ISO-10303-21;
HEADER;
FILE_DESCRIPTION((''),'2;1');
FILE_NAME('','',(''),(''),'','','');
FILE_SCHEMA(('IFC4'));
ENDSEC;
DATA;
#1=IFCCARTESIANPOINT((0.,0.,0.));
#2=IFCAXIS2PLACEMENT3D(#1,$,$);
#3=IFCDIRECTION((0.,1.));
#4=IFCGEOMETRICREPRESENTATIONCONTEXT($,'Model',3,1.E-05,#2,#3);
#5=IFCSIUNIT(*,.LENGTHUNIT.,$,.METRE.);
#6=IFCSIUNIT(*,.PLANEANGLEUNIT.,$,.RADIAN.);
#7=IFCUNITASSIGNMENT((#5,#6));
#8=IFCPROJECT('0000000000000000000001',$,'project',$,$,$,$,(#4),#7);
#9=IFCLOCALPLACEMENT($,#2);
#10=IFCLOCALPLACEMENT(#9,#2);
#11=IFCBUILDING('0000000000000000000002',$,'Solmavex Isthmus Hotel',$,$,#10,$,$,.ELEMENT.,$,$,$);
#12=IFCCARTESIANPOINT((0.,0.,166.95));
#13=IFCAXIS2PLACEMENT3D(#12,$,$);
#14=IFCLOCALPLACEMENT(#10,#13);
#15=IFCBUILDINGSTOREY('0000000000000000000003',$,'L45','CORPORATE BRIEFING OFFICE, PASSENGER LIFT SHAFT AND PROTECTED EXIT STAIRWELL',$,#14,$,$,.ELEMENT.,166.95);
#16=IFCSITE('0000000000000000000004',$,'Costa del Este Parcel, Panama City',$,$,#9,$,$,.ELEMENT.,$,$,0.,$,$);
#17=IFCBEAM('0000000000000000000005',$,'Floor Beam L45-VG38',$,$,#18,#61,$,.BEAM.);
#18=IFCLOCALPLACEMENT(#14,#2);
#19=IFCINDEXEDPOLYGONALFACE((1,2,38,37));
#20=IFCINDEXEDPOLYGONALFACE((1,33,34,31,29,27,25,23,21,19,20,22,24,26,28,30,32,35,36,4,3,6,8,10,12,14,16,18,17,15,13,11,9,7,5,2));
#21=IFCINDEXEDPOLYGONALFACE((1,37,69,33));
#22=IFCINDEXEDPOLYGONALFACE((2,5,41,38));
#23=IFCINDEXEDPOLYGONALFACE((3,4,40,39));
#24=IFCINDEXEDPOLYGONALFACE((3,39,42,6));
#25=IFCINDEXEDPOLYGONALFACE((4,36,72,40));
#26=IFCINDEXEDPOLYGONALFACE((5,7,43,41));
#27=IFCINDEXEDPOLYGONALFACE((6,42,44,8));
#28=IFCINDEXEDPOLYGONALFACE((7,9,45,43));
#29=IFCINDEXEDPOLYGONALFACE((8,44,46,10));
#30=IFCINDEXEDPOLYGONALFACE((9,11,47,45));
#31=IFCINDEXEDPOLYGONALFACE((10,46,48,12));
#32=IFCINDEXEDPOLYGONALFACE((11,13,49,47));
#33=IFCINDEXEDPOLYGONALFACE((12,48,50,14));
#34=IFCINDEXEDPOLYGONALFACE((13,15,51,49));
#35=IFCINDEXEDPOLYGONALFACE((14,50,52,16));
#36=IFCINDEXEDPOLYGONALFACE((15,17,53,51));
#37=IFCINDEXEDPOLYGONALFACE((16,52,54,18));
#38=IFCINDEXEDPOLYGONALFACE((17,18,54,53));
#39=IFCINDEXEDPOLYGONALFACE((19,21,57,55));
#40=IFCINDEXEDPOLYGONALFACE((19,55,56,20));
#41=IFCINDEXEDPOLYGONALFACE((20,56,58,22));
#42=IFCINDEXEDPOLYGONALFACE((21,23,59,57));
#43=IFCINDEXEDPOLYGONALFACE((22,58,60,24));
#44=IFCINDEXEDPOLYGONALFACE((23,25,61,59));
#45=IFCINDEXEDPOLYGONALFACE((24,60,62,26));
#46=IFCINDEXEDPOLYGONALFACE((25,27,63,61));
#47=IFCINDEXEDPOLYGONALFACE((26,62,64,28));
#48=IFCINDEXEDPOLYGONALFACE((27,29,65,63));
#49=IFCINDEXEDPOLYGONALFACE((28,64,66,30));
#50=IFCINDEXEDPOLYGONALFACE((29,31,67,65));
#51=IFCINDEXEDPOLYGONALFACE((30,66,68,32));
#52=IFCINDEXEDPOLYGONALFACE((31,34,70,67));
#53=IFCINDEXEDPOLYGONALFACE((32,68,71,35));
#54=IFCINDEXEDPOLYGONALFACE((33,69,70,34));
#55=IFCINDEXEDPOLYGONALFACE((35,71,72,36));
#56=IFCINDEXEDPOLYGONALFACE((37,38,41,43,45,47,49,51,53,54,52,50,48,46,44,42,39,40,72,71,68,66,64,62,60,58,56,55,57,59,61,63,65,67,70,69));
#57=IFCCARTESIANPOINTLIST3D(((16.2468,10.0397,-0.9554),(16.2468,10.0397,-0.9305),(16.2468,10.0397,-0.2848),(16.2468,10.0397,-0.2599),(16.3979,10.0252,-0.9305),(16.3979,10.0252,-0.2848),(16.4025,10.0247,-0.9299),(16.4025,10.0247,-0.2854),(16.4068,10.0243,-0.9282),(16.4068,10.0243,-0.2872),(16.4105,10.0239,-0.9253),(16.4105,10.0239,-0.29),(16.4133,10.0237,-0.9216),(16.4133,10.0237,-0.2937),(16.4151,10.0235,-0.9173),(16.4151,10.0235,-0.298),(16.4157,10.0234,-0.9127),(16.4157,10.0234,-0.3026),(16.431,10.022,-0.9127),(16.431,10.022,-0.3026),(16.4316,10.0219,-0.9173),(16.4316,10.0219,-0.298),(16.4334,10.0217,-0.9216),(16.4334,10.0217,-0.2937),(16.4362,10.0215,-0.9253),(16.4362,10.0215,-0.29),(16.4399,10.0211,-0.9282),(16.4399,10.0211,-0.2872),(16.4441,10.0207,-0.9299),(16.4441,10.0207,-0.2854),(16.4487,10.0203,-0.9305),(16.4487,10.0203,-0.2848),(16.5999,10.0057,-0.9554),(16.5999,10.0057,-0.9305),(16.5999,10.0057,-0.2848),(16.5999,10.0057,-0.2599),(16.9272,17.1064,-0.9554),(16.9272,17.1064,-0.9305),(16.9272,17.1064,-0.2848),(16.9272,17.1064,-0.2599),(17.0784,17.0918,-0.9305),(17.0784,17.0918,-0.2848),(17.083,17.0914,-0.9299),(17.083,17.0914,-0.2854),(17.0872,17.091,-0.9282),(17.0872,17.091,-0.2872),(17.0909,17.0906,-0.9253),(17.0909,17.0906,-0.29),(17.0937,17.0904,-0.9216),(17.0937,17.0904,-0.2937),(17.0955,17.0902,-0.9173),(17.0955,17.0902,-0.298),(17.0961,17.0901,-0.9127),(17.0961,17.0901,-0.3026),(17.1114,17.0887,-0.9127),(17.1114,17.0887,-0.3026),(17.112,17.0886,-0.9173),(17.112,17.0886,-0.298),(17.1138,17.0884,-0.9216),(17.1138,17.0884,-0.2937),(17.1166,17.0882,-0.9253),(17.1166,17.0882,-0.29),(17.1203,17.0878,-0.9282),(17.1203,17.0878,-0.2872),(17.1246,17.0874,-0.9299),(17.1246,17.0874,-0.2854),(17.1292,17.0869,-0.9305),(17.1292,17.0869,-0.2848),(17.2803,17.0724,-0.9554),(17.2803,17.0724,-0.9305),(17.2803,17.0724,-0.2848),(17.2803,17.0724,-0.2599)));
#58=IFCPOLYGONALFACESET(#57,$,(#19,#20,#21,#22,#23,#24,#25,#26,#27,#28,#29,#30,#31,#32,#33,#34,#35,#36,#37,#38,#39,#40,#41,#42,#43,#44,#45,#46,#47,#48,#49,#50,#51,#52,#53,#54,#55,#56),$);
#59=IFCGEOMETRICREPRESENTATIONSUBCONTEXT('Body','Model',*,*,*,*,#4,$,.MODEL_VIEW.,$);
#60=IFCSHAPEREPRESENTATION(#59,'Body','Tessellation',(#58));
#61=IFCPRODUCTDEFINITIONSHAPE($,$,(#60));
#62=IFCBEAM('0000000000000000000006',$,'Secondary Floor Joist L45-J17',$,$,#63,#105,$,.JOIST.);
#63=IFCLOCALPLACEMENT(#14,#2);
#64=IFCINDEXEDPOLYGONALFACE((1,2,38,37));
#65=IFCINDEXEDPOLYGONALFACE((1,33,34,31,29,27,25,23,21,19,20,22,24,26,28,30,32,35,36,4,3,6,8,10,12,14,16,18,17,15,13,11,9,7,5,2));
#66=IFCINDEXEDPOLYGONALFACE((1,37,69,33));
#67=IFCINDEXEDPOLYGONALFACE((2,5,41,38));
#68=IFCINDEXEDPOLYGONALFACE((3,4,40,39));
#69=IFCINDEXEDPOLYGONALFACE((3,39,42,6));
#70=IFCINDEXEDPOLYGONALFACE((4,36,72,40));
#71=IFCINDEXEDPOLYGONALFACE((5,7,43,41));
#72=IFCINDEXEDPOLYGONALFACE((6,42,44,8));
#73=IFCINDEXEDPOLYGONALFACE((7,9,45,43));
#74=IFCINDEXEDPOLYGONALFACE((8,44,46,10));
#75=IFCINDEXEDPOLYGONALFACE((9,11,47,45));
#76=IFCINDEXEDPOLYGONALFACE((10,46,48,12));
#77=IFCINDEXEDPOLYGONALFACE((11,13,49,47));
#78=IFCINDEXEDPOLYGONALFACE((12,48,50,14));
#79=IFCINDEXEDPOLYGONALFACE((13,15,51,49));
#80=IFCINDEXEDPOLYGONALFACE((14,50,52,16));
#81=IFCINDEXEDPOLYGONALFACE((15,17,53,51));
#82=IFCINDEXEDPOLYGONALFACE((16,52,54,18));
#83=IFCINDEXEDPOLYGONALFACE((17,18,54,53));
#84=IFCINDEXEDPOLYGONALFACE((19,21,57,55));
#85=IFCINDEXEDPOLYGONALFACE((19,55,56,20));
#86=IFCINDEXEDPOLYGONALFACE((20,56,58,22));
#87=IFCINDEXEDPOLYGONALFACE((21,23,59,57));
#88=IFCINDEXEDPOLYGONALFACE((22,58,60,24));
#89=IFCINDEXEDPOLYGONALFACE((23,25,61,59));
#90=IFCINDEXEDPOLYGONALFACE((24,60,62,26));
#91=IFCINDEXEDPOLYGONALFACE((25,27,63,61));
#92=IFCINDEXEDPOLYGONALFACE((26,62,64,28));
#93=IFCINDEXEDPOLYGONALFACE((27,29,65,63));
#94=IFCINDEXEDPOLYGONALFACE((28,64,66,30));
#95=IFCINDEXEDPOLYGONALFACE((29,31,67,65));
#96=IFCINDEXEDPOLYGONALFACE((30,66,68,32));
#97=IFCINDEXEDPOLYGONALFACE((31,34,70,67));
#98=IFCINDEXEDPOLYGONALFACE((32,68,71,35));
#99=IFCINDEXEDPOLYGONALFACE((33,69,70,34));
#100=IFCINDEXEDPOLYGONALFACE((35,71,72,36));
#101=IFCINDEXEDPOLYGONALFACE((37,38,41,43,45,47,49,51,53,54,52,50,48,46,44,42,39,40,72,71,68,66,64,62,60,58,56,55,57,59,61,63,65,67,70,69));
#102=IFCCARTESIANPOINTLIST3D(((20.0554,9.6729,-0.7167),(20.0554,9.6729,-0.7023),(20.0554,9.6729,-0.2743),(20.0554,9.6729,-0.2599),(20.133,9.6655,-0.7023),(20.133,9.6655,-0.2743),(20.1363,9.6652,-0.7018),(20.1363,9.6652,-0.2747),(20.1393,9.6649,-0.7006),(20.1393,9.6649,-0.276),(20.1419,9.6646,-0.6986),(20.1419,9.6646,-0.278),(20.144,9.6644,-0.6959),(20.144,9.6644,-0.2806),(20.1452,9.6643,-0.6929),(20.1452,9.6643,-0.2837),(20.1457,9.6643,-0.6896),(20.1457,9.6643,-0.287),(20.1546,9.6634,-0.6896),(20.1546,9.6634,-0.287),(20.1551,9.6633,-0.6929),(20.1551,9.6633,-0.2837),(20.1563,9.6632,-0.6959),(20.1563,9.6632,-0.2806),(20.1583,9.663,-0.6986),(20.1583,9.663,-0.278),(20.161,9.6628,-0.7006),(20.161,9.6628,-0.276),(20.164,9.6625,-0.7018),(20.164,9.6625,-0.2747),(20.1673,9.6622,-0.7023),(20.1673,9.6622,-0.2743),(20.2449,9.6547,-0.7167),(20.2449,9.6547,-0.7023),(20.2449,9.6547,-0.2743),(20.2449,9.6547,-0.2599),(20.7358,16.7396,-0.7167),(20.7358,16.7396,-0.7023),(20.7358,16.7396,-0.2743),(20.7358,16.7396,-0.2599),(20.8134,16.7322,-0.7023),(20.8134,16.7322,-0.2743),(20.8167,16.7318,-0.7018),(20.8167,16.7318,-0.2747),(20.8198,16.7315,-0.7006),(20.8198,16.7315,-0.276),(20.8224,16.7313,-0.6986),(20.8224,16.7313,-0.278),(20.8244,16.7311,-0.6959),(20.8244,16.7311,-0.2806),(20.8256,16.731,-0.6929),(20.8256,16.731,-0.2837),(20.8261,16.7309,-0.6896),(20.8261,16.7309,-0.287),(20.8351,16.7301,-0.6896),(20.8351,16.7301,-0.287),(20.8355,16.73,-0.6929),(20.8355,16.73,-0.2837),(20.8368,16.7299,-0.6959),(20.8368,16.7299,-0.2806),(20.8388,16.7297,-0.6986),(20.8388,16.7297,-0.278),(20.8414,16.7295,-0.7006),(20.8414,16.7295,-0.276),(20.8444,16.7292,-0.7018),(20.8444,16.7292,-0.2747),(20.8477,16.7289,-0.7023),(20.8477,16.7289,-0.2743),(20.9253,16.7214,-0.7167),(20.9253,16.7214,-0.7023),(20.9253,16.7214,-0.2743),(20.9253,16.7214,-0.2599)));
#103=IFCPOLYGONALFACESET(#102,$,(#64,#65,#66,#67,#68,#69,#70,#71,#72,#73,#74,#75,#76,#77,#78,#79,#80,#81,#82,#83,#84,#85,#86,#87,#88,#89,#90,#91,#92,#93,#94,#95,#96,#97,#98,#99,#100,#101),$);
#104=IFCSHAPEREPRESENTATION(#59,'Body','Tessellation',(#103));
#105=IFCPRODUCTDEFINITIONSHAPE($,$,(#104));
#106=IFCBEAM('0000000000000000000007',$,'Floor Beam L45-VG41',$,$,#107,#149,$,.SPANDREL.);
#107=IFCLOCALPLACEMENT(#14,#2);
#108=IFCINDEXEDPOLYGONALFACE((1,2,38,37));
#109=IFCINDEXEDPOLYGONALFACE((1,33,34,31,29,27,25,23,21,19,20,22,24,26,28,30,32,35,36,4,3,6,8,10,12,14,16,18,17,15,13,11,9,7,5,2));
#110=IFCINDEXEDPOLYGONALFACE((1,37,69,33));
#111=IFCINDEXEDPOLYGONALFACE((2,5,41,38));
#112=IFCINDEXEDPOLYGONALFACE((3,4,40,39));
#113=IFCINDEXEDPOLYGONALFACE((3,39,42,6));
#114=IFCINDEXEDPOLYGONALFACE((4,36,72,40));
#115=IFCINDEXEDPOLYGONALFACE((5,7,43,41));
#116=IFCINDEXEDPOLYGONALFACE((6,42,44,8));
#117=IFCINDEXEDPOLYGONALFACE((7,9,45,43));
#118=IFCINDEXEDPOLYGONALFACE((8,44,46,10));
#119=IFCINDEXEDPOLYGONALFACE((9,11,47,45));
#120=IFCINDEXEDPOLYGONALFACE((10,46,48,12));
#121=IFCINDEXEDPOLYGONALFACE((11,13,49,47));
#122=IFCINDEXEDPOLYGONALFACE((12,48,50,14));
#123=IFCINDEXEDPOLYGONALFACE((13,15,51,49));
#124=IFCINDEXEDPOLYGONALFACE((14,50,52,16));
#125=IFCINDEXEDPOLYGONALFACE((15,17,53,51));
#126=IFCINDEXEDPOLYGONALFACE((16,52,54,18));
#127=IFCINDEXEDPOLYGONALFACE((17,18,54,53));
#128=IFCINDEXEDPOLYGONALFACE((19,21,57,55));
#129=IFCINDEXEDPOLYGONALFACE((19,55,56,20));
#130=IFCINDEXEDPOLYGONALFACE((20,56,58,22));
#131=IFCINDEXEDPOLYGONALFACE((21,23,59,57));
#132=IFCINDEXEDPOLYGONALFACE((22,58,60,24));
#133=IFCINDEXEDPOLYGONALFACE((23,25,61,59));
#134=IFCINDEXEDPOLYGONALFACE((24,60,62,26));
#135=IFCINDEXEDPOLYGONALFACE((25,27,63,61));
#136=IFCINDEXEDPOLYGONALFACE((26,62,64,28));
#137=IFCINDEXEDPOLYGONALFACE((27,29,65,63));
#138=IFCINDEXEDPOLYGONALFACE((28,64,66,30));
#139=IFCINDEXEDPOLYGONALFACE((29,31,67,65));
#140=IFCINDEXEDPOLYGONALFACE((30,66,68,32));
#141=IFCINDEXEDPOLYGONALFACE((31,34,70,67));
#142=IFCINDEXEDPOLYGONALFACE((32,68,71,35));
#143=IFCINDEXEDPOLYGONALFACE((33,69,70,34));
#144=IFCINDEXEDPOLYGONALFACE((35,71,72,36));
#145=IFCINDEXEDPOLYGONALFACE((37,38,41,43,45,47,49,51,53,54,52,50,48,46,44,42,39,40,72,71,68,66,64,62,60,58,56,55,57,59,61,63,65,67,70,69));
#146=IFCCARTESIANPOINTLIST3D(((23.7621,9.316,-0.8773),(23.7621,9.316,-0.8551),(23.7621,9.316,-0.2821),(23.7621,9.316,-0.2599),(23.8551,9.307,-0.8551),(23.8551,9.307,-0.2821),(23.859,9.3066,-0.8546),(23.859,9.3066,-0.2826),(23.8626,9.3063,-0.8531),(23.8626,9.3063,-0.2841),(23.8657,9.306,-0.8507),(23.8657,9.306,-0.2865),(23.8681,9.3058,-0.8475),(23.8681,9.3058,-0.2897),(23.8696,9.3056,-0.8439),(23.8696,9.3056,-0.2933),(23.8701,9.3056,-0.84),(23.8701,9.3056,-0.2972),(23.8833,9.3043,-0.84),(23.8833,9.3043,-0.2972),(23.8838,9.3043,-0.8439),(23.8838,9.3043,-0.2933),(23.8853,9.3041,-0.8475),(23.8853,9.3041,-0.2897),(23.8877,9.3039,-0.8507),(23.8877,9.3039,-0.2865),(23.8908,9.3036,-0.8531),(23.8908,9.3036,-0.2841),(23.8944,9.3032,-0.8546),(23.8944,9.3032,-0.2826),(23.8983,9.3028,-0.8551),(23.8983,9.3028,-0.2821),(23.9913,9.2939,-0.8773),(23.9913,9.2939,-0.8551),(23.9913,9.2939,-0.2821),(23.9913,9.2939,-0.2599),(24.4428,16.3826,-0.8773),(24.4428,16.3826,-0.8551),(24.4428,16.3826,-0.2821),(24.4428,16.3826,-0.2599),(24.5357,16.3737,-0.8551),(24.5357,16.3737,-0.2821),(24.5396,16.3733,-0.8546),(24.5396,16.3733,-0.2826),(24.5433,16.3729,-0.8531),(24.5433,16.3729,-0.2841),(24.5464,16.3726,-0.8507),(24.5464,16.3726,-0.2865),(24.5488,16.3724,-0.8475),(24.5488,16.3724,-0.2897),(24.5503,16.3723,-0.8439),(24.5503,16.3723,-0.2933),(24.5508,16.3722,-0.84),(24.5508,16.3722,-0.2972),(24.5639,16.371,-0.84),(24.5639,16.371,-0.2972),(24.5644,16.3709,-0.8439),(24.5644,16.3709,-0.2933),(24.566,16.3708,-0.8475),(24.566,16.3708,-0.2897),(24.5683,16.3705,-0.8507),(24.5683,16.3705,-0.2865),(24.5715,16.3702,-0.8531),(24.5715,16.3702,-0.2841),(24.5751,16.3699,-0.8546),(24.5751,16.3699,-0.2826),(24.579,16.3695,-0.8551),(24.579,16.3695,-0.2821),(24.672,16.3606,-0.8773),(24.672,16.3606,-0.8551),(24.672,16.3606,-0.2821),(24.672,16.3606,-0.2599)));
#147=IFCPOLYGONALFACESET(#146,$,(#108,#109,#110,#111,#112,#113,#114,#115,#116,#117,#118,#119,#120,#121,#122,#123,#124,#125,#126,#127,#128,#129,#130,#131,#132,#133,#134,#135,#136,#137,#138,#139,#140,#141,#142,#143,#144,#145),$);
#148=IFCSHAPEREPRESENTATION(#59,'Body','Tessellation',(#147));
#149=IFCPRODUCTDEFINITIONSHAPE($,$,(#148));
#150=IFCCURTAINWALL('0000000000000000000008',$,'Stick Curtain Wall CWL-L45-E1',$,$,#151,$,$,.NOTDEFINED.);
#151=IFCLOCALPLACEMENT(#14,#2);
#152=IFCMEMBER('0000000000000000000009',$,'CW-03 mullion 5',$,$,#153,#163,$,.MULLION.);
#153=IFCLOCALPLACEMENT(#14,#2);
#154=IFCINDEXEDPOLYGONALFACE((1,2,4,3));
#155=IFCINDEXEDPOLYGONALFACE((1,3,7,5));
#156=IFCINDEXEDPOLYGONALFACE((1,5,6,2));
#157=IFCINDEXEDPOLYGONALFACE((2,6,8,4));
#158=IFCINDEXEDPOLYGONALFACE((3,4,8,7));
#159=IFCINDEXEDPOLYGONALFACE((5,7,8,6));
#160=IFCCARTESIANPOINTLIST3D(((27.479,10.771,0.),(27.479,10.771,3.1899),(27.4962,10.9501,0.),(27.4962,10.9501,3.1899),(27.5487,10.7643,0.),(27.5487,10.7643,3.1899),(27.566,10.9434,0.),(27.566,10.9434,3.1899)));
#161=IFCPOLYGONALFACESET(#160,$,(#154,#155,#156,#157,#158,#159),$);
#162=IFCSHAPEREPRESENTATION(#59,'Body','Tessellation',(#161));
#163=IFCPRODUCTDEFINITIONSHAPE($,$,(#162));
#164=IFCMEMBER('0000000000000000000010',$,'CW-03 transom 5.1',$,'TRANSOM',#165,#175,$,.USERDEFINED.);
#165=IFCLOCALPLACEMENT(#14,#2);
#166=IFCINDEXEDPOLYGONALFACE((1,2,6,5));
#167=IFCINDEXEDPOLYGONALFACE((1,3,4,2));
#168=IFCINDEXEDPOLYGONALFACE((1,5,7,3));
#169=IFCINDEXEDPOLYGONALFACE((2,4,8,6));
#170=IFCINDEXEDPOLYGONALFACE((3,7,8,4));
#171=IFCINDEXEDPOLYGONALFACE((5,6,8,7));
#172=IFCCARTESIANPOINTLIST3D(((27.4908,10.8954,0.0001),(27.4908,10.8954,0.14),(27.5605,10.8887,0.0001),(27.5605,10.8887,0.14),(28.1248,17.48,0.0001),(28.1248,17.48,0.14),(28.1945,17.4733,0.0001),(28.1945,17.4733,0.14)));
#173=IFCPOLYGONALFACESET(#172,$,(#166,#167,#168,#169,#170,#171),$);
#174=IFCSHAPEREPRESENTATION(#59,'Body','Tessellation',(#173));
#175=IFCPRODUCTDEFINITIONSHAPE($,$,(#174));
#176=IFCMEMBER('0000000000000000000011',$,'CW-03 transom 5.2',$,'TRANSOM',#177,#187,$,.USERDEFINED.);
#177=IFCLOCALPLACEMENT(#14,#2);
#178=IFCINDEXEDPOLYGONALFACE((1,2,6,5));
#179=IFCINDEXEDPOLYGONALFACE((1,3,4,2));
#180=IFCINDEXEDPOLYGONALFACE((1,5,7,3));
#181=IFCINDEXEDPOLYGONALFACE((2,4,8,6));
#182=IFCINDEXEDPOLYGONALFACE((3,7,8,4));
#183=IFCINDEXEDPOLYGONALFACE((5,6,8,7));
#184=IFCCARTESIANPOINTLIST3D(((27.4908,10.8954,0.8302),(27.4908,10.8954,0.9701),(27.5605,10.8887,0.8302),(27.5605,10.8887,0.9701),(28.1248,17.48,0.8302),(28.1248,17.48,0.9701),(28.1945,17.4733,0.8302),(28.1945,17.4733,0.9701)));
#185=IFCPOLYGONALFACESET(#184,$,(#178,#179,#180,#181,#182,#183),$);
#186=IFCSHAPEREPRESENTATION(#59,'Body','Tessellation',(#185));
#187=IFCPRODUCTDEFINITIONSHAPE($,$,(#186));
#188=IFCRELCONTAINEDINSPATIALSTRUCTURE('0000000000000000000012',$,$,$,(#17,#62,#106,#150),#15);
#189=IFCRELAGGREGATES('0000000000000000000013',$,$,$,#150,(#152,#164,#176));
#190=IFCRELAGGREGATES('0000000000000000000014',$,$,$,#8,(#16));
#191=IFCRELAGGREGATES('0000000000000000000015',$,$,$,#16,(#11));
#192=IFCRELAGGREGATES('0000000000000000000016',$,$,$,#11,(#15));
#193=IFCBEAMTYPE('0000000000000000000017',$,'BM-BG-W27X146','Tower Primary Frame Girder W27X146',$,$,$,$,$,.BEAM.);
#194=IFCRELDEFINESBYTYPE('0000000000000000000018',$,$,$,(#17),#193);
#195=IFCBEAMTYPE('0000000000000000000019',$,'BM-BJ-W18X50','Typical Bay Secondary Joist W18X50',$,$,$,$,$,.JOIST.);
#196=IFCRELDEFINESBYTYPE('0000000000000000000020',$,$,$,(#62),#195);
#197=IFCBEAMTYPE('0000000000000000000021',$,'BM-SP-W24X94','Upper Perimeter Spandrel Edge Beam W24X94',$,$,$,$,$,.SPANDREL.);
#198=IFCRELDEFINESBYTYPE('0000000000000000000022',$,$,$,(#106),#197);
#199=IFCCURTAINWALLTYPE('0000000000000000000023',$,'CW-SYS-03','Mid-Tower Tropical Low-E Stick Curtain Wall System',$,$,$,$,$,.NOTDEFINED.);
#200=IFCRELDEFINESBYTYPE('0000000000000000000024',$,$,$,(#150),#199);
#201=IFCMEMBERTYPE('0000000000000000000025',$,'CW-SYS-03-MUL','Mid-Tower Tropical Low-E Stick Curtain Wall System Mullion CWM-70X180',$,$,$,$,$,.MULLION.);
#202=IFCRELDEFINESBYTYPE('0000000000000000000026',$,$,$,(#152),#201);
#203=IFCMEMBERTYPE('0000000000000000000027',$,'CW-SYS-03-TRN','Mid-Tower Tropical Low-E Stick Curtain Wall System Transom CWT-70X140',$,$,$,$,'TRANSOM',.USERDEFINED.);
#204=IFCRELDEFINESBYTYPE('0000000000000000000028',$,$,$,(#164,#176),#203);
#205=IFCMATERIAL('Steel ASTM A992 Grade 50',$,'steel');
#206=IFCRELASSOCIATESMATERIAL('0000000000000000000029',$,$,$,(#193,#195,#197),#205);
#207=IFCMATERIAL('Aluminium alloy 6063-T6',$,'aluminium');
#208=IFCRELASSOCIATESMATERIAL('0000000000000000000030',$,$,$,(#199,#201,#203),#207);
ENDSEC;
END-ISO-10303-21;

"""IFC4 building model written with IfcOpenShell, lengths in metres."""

from ifc_helpers import new_model, si_unit, direction, frame, origin, origin_2d, place, context, subcontext, project, spatial, rectangle, i_section, extrude, material, material_profile, profile_set, type_object, element, aggregate, save


model = new_model("IFC4")

# Units and contexts
model_context = context("Model", 3, precision=1e-05, world=origin(), true_north=direction((0.0, 1.0)))
body_context = subcontext(model_context, "Body", "Model", "MODEL_VIEW")
ifc_project = project(units=[si_unit("LENGTHUNIT", "METRE"), si_unit("PLANEANGLEUNIT", "RADIAN")], contexts=[model_context])

# Site, building, storey
site_placement = place(None, origin())
site = spatial("IfcSite", under=ifc_project, at=site_placement, Name="Costa del Este Parcel, Panama City", CompositionType="ELEMENT", RefElevation=0.0)
building_placement = place(site_placement, origin())
building = spatial("IfcBuilding", under=site, at=building_placement, Name="Solmavex Isthmus Hotel", CompositionType="ELEMENT")
storey_placement = place(building_placement, frame((0.0, 0.0, 166.95)))
storey = spatial("IfcBuildingStorey", under=building, at=storey_placement, Name="L45", Description="CORPORATE BRIEFING OFFICE, PASSENGER LIFT SHAFT AND PROTECTED EXIT STAIRWELL", CompositionType="ELEMENT", Elevation=166.95)

# Beams
ifc_material_1 = material(Name="Steel ASTM A992 Grade 50", Category="steel")
ifc_material_profile_1 = material_profile(ifc_material_1, i_section(OverallWidth=0.3547, OverallDepth=0.6956, WebThickness=0.0154, FlangeThickness=0.0249, FilletRadius=0.0178, at=origin_2d()), Name="W27X146")
ifc_profile_set_1 = profile_set([ifc_material_profile_1], Name="Steel ASTM A992 Grade 50")
beam_type_1 = type_object("IfcBeamType", Name="BM-BG-W27X146", Description="Tower Primary Frame Girder W27X146", PredefinedType="BEAM", material=ifc_profile_set_1)
beam_1_placement = place(storey_placement, frame((16.4233, 10.0227, -0.6077), z_axis=(0.095843, 0.995396, 0.0), x_axis=(-0.995396, 0.095843, 0.0)))
element("IfcBeam", 1, at=beam_1_placement, inside=storey, type_object=beam_type_1, Name="Floor Beam L45-VG38", PredefinedType="BEAM", context=body_context, shape_type="SweptSolid", body=[
    extrude(i_section(OverallWidth=0.3547, OverallDepth=0.6956, WebThickness=0.0154, FlangeThickness=0.0249, FilletRadius=0.0178, at=origin_2d()), origin(), (0.0, 0.0, 1.0), 7.0994),
])
ifc_material_profile_2 = material_profile(ifc_material_1, i_section(OverallWidth=0.1904, OverallDepth=0.4568, WebThickness=0.009, FlangeThickness=0.0144, FilletRadius=0.0127, at=origin_2d()), Name="W18X50")
ifc_profile_set_2 = profile_set([ifc_material_profile_2], Name="Steel ASTM A992 Grade 50")
beam_type_2 = type_object("IfcBeamType", Name="BM-BJ-W18X50", Description="Typical Bay Secondary Joist W18X50", PredefinedType="JOIST", material=ifc_profile_set_2)
beam_2_placement = place(storey_placement, frame((20.1501, 9.6638, -0.4883), z_axis=(0.095843, 0.995396, 0.0), x_axis=(-0.995396, 0.095843, 0.0)))
element("IfcBeam", 2, at=beam_2_placement, inside=storey, type_object=beam_type_2, Name="Secondary Floor Joist L45-J17", PredefinedType="JOIST", context=body_context, shape_type="SweptSolid", body=[
    extrude(i_section(OverallWidth=0.1904, OverallDepth=0.4568, WebThickness=0.009, FlangeThickness=0.0144, FilletRadius=0.0127, at=origin_2d()), origin(), (0.0, 0.0, 1.0), 7.0994),
])
ifc_material_profile_3 = material_profile(ifc_material_1, i_section(OverallWidth=0.2302, OverallDepth=0.6174, WebThickness=0.0132, FlangeThickness=0.0222, FilletRadius=0.0151, at=origin_2d()), Name="W24X94")
ifc_profile_set_3 = profile_set([ifc_material_profile_3], Name="Steel ASTM A992 Grade 50")
beam_type_3 = type_object("IfcBeamType", Name="BM-SP-W24X94", Description="Upper Perimeter Spandrel Edge Beam W24X94", PredefinedType="SPANDREL", material=ifc_profile_set_3)
beam_3_placement = place(storey_placement, frame((23.8767, 9.3049, -0.5686), z_axis=(0.095877, 0.995393, 0.0), x_axis=(-0.995393, 0.095877, 0.0)))
element("IfcBeam", 3, at=beam_3_placement, inside=storey, type_object=beam_type_3, Name="Floor Beam L45-VG41", PredefinedType="SPANDREL", context=body_context, shape_type="SweptSolid", body=[
    extrude(i_section(OverallWidth=0.2302, OverallDepth=0.6174, WebThickness=0.0132, FlangeThickness=0.0222, FilletRadius=0.0151, at=origin_2d()), origin(), (0.0, 0.0, 1.0), 7.0994),
])

# Curtain wall, members
ifc_material_2 = material(Name="Aluminium alloy 6063-T6", Category="aluminium")
curtain_wall_type = type_object("IfcCurtainWallType", Name="CW-SYS-03", Description="Mid-Tower Tropical Low-E Stick Curtain Wall System", PredefinedType="NOTDEFINED", material=ifc_material_2)
curtain_wall_placement = place(storey_placement, origin())
curtain_wall = element("IfcCurtainWall", 4, at=curtain_wall_placement, inside=storey, type_object=curtain_wall_type, Name="Stick Curtain Wall CWL-L45-E1", PredefinedType="NOTDEFINED")
ifc_material_profile_4 = material_profile(ifc_material_2, rectangle(XDim=0.0701, YDim=0.1799, at=origin_2d()), Name="CWM-70X180")
ifc_profile_set_4 = profile_set([ifc_material_profile_4], Name="Aluminium alloy 6063-T6")
member_type_1 = type_object("IfcMemberType", Name="CW-SYS-03-MUL", Description="Mid-Tower Tropical Low-E Stick Curtain Wall System Mullion CWM-70X180", PredefinedType="MULLION", material=ifc_profile_set_4)
member_1_placement = place(storey_placement, frame((27.5225, 10.8572, 0.0), z_axis=(0.0, 0.0, 1.0), x_axis=(-0.995396, 0.095846, 0.0)))
member_1 = element("IfcMember", 5, at=member_1_placement, type_object=member_type_1, Name="CW-03 mullion 5", PredefinedType="MULLION", context=body_context, shape_type="SweptSolid", body=[
    extrude(rectangle(XDim=0.0701, YDim=0.1799, at=origin_2d()), origin(), (0.0, 0.0, 1.0), 3.1899),
])
ifc_material_profile_5 = material_profile(ifc_material_2, rectangle(XDim=0.0701, YDim=0.1399, at=origin_2d()), Name="CWT-70X140")
ifc_profile_set_5 = profile_set([ifc_material_profile_5], Name="Aluminium alloy 6063-T6")
member_type_2 = type_object("IfcMemberType", Name="CW-SYS-03-TRN", Description="Mid-Tower Tropical Low-E Stick Curtain Wall System Transom CWT-70X140", ElementType="TRANSOM", PredefinedType="USERDEFINED", material=ifc_profile_set_5)
member_2_placement = place(storey_placement, frame((27.5256, 10.8921, 0.0701), z_axis=(0.095849, 0.995396, 0.0), x_axis=(-0.995396, 0.095849, 0.0)))
member_2 = element("IfcMember", 6, at=member_2_placement, type_object=member_type_2, Name="CW-03 transom 5.1", ObjectType="TRANSOM", PredefinedType="USERDEFINED", context=body_context, shape_type="SweptSolid", body=[
    extrude(rectangle(XDim=0.0701, YDim=0.1399, at=origin_2d()), origin(), (0.0, 0.0, 1.0), 6.615),
])
member_3_placement = place(storey_placement, frame((27.5256, 10.8921, 0.9001), z_axis=(0.095849, 0.995396, 0.0), x_axis=(-0.995396, 0.095849, 0.0)))
member_3 = element("IfcMember", 7, at=member_3_placement, type_object=member_type_2, Name="CW-03 transom 5.2", ObjectType="TRANSOM", PredefinedType="USERDEFINED", context=body_context, shape_type="SweptSolid", body=[
    extrude(rectangle(XDim=0.0701, YDim=0.1399, at=origin_2d()), origin(), (0.0, 0.0, 1.0), 6.615),
])
aggregate(curtain_wall, [member_1, member_2, member_3])

save(model, "model.ifc")
